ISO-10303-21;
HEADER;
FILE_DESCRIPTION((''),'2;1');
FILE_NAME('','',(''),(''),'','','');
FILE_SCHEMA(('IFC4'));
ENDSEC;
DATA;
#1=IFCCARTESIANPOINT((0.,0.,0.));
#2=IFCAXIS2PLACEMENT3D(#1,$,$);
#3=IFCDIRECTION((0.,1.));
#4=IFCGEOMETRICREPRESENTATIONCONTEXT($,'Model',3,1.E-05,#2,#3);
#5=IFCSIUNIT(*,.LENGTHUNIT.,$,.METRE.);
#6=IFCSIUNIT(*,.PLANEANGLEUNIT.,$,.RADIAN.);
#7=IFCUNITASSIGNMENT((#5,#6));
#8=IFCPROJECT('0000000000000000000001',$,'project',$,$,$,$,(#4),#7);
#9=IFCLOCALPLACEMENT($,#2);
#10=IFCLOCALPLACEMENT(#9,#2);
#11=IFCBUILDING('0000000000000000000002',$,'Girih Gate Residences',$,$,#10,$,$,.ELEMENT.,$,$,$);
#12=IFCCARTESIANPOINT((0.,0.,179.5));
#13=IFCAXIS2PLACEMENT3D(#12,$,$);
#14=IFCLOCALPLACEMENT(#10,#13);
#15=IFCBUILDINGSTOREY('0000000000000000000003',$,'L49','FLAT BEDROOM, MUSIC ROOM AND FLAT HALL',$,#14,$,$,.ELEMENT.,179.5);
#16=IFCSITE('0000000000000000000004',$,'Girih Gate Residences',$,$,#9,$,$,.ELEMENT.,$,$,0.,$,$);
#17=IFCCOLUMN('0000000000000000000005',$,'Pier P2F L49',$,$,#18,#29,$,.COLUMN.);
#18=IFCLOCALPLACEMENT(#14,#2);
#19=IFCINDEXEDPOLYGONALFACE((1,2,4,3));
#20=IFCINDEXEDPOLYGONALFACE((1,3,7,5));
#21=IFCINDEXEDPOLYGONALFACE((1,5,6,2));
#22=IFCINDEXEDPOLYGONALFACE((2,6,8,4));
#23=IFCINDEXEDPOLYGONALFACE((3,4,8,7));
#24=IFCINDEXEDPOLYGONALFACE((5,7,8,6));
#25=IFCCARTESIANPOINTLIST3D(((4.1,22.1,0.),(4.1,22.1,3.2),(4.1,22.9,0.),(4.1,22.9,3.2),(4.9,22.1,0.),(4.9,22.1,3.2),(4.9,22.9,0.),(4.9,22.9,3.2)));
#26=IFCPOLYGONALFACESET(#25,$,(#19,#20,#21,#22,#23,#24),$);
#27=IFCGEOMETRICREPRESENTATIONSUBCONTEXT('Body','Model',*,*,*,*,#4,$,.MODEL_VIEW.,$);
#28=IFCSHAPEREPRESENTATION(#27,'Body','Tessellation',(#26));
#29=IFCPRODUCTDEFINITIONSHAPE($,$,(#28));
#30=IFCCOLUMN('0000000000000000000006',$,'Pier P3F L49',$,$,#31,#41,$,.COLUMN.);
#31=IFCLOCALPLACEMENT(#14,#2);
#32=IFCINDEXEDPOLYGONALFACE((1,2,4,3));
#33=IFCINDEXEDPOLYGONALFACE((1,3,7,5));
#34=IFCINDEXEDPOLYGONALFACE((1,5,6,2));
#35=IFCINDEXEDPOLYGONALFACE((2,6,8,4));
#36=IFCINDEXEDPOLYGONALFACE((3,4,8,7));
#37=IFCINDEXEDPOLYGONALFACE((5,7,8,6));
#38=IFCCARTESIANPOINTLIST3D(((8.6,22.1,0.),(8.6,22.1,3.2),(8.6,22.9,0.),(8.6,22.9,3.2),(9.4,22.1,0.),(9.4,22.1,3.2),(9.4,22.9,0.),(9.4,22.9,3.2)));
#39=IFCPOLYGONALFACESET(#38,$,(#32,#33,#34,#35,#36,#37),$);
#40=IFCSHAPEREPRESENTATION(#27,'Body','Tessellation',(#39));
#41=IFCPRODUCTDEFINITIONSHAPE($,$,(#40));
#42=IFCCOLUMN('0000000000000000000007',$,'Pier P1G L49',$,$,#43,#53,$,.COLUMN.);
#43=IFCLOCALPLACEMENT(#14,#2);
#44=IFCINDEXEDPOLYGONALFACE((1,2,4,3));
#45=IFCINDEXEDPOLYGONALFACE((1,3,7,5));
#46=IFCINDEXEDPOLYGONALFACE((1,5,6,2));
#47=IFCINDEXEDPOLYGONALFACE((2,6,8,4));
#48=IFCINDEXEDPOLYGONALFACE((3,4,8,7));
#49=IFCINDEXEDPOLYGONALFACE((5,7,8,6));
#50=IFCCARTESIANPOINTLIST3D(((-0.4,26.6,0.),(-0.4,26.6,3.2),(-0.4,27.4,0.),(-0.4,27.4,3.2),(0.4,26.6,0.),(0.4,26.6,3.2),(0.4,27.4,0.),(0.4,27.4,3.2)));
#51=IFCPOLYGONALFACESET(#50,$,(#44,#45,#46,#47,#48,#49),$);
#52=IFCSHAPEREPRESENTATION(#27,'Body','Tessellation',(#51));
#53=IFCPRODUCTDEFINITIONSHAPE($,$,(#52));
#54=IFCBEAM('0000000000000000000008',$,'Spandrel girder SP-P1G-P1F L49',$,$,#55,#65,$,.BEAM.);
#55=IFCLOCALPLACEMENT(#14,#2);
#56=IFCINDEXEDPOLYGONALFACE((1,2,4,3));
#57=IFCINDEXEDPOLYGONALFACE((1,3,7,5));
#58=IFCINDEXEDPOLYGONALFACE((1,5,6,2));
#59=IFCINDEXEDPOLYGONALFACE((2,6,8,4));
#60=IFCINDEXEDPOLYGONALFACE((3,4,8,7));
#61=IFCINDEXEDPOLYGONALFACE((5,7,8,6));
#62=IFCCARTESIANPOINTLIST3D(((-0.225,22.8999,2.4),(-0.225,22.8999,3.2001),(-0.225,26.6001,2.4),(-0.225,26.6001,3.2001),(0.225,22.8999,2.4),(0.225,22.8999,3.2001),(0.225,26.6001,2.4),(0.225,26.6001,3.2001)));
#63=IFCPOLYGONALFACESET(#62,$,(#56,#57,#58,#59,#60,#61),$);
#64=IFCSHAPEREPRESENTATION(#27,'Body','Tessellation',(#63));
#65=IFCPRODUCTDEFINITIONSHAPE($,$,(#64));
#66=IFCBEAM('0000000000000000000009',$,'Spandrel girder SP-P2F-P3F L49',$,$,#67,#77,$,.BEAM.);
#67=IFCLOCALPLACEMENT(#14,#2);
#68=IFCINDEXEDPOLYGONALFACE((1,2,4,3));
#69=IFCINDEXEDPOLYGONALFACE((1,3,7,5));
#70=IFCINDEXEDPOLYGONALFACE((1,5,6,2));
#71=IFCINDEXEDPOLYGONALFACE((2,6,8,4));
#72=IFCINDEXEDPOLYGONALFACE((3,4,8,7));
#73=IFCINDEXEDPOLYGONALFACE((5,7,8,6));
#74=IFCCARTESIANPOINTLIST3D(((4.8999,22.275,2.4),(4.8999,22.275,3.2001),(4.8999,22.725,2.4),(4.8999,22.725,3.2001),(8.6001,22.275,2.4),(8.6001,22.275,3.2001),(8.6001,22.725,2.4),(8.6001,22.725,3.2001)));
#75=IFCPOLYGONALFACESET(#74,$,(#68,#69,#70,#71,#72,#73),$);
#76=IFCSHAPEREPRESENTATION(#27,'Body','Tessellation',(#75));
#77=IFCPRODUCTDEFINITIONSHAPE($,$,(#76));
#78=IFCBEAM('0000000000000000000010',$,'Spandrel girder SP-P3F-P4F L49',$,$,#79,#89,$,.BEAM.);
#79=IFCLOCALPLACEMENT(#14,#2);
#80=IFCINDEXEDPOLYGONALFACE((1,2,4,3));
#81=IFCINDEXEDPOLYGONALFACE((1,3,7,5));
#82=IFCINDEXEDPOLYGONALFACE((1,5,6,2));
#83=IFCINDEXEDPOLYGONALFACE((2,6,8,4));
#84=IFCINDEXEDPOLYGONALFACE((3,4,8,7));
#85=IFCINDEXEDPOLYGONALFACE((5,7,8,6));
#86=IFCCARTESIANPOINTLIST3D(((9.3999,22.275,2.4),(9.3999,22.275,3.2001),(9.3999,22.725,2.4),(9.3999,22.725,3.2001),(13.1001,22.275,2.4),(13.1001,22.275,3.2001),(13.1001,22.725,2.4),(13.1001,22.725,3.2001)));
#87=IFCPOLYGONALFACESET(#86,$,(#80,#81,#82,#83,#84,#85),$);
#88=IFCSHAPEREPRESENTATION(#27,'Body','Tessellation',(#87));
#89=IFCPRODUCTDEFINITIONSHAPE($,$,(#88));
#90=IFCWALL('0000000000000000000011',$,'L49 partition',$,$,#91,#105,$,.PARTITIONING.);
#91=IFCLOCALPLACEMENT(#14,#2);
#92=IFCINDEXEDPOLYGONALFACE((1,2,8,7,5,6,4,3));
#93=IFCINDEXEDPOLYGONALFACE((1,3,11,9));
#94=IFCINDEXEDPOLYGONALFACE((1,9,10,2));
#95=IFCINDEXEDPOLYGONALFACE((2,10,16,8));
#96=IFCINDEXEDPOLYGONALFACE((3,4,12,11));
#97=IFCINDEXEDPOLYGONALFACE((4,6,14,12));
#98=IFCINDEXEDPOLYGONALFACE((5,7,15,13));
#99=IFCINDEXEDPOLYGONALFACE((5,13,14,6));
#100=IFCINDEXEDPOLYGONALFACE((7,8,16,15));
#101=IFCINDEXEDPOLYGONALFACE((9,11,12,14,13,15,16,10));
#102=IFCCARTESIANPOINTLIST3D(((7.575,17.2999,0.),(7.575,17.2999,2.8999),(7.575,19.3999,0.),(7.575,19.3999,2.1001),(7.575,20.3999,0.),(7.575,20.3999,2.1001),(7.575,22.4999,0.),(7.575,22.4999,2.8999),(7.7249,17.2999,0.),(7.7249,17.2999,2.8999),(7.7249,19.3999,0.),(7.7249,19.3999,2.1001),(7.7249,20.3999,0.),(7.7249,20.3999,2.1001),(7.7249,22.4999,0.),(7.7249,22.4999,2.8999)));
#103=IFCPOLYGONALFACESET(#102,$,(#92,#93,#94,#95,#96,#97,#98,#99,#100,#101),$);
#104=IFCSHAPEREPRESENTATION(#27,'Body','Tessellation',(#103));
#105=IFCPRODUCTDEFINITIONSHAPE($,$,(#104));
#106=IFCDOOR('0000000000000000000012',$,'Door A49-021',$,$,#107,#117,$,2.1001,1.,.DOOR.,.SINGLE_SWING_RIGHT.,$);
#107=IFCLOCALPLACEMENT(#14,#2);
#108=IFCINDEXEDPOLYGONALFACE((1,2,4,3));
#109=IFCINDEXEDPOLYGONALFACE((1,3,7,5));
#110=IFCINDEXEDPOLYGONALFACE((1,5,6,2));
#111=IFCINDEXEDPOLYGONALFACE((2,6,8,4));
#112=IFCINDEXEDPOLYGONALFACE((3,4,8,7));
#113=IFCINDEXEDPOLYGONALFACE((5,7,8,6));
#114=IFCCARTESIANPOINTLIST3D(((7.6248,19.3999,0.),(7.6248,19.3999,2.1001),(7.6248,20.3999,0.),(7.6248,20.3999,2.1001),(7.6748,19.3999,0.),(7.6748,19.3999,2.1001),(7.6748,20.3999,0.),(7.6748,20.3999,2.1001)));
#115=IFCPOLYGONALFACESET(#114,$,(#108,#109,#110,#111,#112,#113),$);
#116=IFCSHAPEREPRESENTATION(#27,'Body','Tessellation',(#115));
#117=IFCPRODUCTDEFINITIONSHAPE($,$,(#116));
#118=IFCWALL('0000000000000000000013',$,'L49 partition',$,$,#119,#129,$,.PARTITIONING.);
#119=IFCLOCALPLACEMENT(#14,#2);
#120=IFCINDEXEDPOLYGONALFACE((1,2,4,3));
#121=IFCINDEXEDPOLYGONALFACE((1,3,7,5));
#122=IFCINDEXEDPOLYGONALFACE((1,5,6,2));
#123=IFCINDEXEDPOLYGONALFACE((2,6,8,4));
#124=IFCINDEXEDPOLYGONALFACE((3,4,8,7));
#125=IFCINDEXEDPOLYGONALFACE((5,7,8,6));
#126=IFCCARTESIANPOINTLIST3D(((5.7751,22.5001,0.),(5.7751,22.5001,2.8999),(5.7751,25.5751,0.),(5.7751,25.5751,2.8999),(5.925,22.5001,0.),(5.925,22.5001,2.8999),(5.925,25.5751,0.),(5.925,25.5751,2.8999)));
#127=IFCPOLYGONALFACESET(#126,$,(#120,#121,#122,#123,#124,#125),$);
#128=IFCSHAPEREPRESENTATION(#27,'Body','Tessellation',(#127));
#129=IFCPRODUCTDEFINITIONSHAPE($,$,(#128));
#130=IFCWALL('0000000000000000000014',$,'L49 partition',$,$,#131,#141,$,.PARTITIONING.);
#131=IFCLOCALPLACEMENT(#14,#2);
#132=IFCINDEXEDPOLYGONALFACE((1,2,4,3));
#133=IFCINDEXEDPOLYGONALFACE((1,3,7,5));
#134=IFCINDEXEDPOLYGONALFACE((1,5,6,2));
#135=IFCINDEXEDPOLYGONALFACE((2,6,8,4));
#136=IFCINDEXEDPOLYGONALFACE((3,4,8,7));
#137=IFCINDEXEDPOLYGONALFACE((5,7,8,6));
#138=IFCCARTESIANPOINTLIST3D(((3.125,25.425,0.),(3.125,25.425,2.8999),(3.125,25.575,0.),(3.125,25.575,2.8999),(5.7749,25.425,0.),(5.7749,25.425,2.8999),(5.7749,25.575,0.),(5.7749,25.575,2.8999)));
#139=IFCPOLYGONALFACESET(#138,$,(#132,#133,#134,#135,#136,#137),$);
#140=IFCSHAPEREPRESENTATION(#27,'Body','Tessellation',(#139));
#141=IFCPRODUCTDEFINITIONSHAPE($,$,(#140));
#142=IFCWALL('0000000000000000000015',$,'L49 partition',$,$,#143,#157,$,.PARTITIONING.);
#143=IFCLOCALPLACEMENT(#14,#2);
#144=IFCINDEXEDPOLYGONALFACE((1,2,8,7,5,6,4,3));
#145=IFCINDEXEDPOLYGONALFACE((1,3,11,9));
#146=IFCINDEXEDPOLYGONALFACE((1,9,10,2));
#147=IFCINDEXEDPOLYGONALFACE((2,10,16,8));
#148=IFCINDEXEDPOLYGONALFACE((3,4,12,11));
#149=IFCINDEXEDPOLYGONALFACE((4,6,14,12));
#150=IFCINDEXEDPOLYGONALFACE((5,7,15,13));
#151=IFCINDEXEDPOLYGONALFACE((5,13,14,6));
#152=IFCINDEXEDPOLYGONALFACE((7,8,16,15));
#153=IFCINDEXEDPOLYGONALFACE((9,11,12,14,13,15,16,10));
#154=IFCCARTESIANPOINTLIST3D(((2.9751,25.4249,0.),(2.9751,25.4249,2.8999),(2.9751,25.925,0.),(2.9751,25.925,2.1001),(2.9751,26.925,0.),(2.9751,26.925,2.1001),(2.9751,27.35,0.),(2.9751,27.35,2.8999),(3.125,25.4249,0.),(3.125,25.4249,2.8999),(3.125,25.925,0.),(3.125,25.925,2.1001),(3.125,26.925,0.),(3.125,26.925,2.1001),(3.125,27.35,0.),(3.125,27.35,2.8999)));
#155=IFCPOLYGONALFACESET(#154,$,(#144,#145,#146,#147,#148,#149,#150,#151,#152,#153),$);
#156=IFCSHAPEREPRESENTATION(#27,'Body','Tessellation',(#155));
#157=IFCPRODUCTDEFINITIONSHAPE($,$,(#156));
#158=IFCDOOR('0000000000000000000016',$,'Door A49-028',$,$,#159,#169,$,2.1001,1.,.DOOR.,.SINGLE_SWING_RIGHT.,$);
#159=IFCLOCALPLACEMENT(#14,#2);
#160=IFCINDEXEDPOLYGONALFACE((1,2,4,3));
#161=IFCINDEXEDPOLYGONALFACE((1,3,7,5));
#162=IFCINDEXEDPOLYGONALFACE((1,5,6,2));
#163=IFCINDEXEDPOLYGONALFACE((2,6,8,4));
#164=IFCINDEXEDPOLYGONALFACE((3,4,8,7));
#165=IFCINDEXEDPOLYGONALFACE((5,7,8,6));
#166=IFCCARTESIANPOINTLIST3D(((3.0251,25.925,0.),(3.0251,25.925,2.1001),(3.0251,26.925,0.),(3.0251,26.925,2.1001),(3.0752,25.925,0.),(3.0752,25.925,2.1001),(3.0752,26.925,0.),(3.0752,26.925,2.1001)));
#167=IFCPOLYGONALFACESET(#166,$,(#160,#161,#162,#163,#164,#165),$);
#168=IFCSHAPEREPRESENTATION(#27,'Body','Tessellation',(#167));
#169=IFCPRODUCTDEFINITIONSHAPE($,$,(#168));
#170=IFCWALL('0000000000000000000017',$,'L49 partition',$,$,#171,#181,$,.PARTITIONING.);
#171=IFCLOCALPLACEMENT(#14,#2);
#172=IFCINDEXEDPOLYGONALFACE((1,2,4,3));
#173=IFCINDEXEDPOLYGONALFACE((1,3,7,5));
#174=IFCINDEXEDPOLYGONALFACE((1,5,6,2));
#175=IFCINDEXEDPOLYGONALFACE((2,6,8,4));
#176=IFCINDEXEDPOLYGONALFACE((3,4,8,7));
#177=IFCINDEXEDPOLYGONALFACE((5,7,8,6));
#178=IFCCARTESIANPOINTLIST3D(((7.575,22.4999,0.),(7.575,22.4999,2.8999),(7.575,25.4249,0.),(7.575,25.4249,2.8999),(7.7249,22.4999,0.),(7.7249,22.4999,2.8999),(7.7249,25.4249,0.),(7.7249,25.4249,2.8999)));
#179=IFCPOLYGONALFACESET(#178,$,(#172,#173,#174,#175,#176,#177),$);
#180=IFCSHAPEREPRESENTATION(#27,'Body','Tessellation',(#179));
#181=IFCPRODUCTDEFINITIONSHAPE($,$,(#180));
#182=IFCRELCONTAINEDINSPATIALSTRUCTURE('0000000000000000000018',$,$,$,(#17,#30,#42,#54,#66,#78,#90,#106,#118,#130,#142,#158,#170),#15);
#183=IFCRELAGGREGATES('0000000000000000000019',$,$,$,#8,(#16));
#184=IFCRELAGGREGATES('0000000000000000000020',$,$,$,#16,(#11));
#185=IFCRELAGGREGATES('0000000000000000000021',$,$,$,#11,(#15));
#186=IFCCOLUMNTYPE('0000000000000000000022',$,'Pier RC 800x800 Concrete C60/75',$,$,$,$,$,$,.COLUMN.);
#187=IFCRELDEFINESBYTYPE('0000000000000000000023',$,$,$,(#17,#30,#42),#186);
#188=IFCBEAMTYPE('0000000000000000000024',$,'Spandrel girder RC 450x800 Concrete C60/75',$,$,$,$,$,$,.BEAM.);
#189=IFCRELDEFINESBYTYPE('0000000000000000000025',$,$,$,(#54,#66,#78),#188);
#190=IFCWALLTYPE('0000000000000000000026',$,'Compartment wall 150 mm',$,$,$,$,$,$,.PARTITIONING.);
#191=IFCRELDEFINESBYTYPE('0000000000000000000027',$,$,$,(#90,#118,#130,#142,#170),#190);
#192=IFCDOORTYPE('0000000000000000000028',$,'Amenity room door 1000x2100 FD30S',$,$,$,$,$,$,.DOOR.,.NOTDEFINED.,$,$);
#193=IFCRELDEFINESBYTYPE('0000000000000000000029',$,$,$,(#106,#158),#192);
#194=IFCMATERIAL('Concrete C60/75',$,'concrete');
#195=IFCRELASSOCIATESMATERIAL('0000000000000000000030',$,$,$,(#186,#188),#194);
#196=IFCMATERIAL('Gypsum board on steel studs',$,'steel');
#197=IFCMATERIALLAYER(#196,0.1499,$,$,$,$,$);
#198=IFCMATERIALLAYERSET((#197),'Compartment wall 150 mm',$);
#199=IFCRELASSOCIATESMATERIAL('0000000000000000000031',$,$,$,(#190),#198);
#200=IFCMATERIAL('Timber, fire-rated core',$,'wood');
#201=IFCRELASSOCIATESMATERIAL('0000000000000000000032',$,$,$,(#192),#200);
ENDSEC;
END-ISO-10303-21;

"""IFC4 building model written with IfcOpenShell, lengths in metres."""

from ifc_helpers import new_model, si_unit, direction, frame, frame_2d, origin, origin_2d, place, context, subcontext, project, spatial, rectangle, extrude, material, layer, layer_set, material_profile, profile_set, type_object, element, fill, save


model = new_model("IFC4")

# Units and contexts
model_context = context("Model", 3, precision=1e-05, world=origin(), true_north=direction((0.0, 1.0)))
body_context = subcontext(model_context, "Body", "Model", "MODEL_VIEW")
ifc_project = project(units=[si_unit("LENGTHUNIT", "METRE"), si_unit("PLANEANGLEUNIT", "RADIAN")], contexts=[model_context])

# Site, building, storey
site_placement = place(None, origin())
site = spatial("IfcSite", under=ifc_project, at=site_placement, Name="Girih Gate Residences", CompositionType="ELEMENT", RefElevation=0.0)
building_placement = place(site_placement, origin())
building = spatial("IfcBuilding", under=site, at=building_placement, Name="Girih Gate Residences", CompositionType="ELEMENT")
storey_placement = place(building_placement, frame((0.0, 0.0, 179.5)))
storey = spatial("IfcBuildingStorey", under=building, at=storey_placement, Name="L49", Description="FLAT BEDROOM, MUSIC ROOM AND FLAT HALL", CompositionType="ELEMENT", Elevation=179.5)

# Columns
ifc_material_1 = material(Name="Concrete C60/75", Category="concrete")
ifc_material_profile_1 = material_profile(ifc_material_1, rectangle(XDim=0.8, YDim=0.8, at=origin_2d()))
ifc_profile_set_1 = profile_set([ifc_material_profile_1], Name="Concrete C60/75")
column_type = type_object("IfcColumnType", Name="Pier RC 800x800 Concrete C60/75", PredefinedType="COLUMN", material=ifc_profile_set_1)
for number, where, z_axis, x_axis, name in (
    (1, (4.5, 22.5, 0.0), (0.0, 0.0, 1.0), (1.0, 0.0, 0.0), "Pier P2F L49"),
    (2, (9.0, 22.5, 0.0), (0.0, 0.0, 1.0), (1.0, 0.0, 0.0), "Pier P3F L49"),
    (3, (0.0, 27.0, 0.0), (0.0, 0.0, 1.0), (1.0, 0.0, 0.0), "Pier P1G L49"),
):
    element("IfcColumn", number, at=place(storey_placement, frame(where, z_axis=z_axis, x_axis=x_axis)), inside=storey, type_object=column_type, Name=name, PredefinedType="COLUMN", context=body_context, shape_type="SweptSolid", body=[
        extrude(rectangle(XDim=0.8, YDim=0.8, at=origin_2d()), origin(), (0.0, 0.0, 1.0), 3.2),
    ])

# Beams
ifc_material_profile_2 = material_profile(ifc_material_1, rectangle(XDim=0.45, YDim=0.8, at=origin_2d()))
ifc_profile_set_2 = profile_set([ifc_material_profile_2], Name="Concrete C60/75")
beam_type = type_object("IfcBeamType", Name="Spandrel girder RC 450x800 Concrete C60/75", PredefinedType="BEAM", material=ifc_profile_set_2)
for number, where, z_axis, x_axis, name in (
    (4, (0.0, 26.6001, 2.8), (0.0, -1.0, 0.0), (1.0, 0.0, 0.0), "Spandrel girder SP-P1G-P1F L49"),
    (5, (4.8999, 22.5, 2.8), (1.0, 0.0, 0.0), (0.0, 1.0, 0.0), "Spandrel girder SP-P2F-P3F L49"),
    (6, (9.3999, 22.5, 2.8), (1.0, 0.0, 0.0), (0.0, 1.0, 0.0), "Spandrel girder SP-P3F-P4F L49"),
):
    element("IfcBeam", number, at=place(storey_placement, frame(where, z_axis=z_axis, x_axis=x_axis)), inside=storey, type_object=beam_type, Name=name, PredefinedType="BEAM", context=body_context, shape_type="SweptSolid", body=[
        extrude(rectangle(XDim=0.45, YDim=0.8, at=origin_2d()), origin(), (0.0, 0.0, 1.0), 3.7002),
    ])

# Wall, opening, door
ifc_material_2 = material(Name="Gypsum board on steel studs", Category="steel")
ifc_layer_1 = layer(ifc_material_2, 0.1499)
ifc_layer_set_1 = layer_set([ifc_layer_1], Name="Compartment wall 150 mm")
wall_type_1 = type_object("IfcWallType", Name="Compartment wall 150 mm", PredefinedType="PARTITIONING", material=ifc_layer_set_1)
wall_1_placement = place(storey_placement, frame((7.6499, 22.5, 0.0), z_axis=(0.0, 0.0, 1.0), x_axis=(0.0, -1.0, 0.0)))
wall_1 = element("IfcWall", 7, at=wall_1_placement, inside=storey, type_object=wall_type_1, Name="L49 partition", PredefinedType="PARTITIONING", context=body_context, shape_type="SweptSolid", body=[
    extrude(rectangle(XDim=5.2, YDim=0.1499, at=frame_2d((2.6001, 0.0))), origin(), (0.0, 0.0, 1.0), 2.8999),
])
opening_1_placement = place(wall_1_placement, frame((2.1001, 0.0, 0.0)))
opening_1 = element("IfcOpeningElement", 8, at=opening_1_placement, cuts=wall_1, PredefinedType="OPENING", context=body_context, shape_type="SweptSolid", body=[
    extrude(rectangle(XDim=1.0, YDim=2.1001, at=frame_2d((0.5, 1.05))), frame((0.0, 0.085, 0.0), z_axis=(0.0, -1.0, 0.0), x_axis=(1.0, 0.0, 0.0)), (0.0, 0.0, 1.0), 0.1699),
])
ifc_material_3 = material(Name="Timber, fire-rated core", Category="wood")
door_type_1 = type_object("IfcDoorType", Name="Amenity room door 1000x2100 FD30S", OperationType="NOTDEFINED", PredefinedType="DOOR", material=ifc_material_3)
door_1_placement = place(opening_1_placement, origin())
door_1 = element("IfcDoor", 9, at=door_1_placement, inside=storey, type_object=door_type_1, Name="Door A49-021", OperationType="SINGLE_SWING_RIGHT", OverallHeight=2.1001, OverallWidth=1.0, PredefinedType="DOOR", context=body_context, shape_type="SweptSolid", body=[
    extrude(rectangle(XDim=1.0, YDim=2.1001, at=frame_2d((0.5, 1.05))), frame((0.0, 0.0249, 0.0), z_axis=(0.0, -1.0, 0.0), x_axis=(1.0, 0.0, 0.0)), (0.0, 0.0, 1.0), 0.05),
])
fill(opening_1, door_1)

# Walls
wall_2_placement = place(storey_placement, frame((5.8501, 22.5, 0.0), z_axis=(0.0, 0.0, 1.0), x_axis=(0.0, 1.0, 0.0)))
element("IfcWall", 10, at=wall_2_placement, inside=storey, type_object=wall_type_1, Name="L49 partition", PredefinedType="PARTITIONING", context=body_context, shape_type="SweptSolid", body=[
    extrude(rectangle(XDim=3.075, YDim=0.1499, at=frame_2d((1.5376, 0.0))), origin(), (0.0, 0.0, 1.0), 2.8999),
])
wall_3_placement = place(storey_placement, frame((3.125, 25.5, 0.0), z_axis=(0.0, 0.0, 1.0), x_axis=(1.0, 0.0, 0.0)))
element("IfcWall", 11, at=wall_3_placement, inside=storey, type_object=wall_type_1, Name="L49 partition", PredefinedType="PARTITIONING", context=body_context, shape_type="SweptSolid", body=[
    extrude(rectangle(XDim=2.6499, YDim=0.1499, at=frame_2d((1.325, 0.0))), origin(), (0.0, 0.0, 1.0), 2.8999),
])

# Wall, opening, door
wall_4_placement = place(storey_placement, frame((3.05, 25.425, 0.0), z_axis=(0.0, 0.0, 1.0), x_axis=(0.0, 1.0, 0.0)))
wall_4 = element("IfcWall", 12, at=wall_4_placement, inside=storey, type_object=wall_type_1, Name="L49 partition", PredefinedType="PARTITIONING", context=body_context, shape_type="SweptSolid", body=[
    extrude(rectangle(XDim=1.925, YDim=0.1499, at=frame_2d((0.9624, 0.0))), origin(), (0.0, 0.0, 1.0), 2.8999),
])
opening_2_placement = place(wall_4_placement, frame((0.5, 0.0, 0.0)))
opening_2 = element("IfcOpeningElement", 13, at=opening_2_placement, cuts=wall_4, PredefinedType="OPENING", context=body_context, shape_type="SweptSolid", body=[
    extrude(rectangle(XDim=1.0, YDim=2.1001, at=frame_2d((0.5, 1.05))), frame((0.0, 0.085, 0.0), z_axis=(0.0, -1.0, 0.0), x_axis=(1.0, 0.0, 0.0)), (0.0, 0.0, 1.0), 0.1699),
])
door_2_placement = place(opening_2_placement, origin())
door_2 = element("IfcDoor", 14, at=door_2_placement, inside=storey, type_object=door_type_1, Name="Door A49-028", OperationType="SINGLE_SWING_RIGHT", OverallHeight=2.1001, OverallWidth=1.0, PredefinedType="DOOR", context=body_context, shape_type="SweptSolid", body=[
    extrude(rectangle(XDim=1.0, YDim=2.1001, at=frame_2d((0.5, 1.05))), frame((0.0, 0.0249, 0.0), z_axis=(0.0, -1.0, 0.0), x_axis=(1.0, 0.0, 0.0)), (0.0, 0.0, 1.0), 0.05),
])
fill(opening_2, door_2)

# Wall
wall_5_placement = place(storey_placement, frame((7.6499, 22.5, 0.0), z_axis=(0.0, 0.0, 1.0), x_axis=(0.0, 1.0, 0.0)))
element("IfcWall", 15, at=wall_5_placement, inside=storey, type_object=wall_type_1, Name="L49 partition", PredefinedType="PARTITIONING", context=body_context, shape_type="SweptSolid", body=[
    extrude(rectangle(XDim=2.925, YDim=0.1499, at=frame_2d((1.4624, 0.0))), origin(), (0.0, 0.0, 1.0), 2.8999),
])

save(model, "model.ifc")
